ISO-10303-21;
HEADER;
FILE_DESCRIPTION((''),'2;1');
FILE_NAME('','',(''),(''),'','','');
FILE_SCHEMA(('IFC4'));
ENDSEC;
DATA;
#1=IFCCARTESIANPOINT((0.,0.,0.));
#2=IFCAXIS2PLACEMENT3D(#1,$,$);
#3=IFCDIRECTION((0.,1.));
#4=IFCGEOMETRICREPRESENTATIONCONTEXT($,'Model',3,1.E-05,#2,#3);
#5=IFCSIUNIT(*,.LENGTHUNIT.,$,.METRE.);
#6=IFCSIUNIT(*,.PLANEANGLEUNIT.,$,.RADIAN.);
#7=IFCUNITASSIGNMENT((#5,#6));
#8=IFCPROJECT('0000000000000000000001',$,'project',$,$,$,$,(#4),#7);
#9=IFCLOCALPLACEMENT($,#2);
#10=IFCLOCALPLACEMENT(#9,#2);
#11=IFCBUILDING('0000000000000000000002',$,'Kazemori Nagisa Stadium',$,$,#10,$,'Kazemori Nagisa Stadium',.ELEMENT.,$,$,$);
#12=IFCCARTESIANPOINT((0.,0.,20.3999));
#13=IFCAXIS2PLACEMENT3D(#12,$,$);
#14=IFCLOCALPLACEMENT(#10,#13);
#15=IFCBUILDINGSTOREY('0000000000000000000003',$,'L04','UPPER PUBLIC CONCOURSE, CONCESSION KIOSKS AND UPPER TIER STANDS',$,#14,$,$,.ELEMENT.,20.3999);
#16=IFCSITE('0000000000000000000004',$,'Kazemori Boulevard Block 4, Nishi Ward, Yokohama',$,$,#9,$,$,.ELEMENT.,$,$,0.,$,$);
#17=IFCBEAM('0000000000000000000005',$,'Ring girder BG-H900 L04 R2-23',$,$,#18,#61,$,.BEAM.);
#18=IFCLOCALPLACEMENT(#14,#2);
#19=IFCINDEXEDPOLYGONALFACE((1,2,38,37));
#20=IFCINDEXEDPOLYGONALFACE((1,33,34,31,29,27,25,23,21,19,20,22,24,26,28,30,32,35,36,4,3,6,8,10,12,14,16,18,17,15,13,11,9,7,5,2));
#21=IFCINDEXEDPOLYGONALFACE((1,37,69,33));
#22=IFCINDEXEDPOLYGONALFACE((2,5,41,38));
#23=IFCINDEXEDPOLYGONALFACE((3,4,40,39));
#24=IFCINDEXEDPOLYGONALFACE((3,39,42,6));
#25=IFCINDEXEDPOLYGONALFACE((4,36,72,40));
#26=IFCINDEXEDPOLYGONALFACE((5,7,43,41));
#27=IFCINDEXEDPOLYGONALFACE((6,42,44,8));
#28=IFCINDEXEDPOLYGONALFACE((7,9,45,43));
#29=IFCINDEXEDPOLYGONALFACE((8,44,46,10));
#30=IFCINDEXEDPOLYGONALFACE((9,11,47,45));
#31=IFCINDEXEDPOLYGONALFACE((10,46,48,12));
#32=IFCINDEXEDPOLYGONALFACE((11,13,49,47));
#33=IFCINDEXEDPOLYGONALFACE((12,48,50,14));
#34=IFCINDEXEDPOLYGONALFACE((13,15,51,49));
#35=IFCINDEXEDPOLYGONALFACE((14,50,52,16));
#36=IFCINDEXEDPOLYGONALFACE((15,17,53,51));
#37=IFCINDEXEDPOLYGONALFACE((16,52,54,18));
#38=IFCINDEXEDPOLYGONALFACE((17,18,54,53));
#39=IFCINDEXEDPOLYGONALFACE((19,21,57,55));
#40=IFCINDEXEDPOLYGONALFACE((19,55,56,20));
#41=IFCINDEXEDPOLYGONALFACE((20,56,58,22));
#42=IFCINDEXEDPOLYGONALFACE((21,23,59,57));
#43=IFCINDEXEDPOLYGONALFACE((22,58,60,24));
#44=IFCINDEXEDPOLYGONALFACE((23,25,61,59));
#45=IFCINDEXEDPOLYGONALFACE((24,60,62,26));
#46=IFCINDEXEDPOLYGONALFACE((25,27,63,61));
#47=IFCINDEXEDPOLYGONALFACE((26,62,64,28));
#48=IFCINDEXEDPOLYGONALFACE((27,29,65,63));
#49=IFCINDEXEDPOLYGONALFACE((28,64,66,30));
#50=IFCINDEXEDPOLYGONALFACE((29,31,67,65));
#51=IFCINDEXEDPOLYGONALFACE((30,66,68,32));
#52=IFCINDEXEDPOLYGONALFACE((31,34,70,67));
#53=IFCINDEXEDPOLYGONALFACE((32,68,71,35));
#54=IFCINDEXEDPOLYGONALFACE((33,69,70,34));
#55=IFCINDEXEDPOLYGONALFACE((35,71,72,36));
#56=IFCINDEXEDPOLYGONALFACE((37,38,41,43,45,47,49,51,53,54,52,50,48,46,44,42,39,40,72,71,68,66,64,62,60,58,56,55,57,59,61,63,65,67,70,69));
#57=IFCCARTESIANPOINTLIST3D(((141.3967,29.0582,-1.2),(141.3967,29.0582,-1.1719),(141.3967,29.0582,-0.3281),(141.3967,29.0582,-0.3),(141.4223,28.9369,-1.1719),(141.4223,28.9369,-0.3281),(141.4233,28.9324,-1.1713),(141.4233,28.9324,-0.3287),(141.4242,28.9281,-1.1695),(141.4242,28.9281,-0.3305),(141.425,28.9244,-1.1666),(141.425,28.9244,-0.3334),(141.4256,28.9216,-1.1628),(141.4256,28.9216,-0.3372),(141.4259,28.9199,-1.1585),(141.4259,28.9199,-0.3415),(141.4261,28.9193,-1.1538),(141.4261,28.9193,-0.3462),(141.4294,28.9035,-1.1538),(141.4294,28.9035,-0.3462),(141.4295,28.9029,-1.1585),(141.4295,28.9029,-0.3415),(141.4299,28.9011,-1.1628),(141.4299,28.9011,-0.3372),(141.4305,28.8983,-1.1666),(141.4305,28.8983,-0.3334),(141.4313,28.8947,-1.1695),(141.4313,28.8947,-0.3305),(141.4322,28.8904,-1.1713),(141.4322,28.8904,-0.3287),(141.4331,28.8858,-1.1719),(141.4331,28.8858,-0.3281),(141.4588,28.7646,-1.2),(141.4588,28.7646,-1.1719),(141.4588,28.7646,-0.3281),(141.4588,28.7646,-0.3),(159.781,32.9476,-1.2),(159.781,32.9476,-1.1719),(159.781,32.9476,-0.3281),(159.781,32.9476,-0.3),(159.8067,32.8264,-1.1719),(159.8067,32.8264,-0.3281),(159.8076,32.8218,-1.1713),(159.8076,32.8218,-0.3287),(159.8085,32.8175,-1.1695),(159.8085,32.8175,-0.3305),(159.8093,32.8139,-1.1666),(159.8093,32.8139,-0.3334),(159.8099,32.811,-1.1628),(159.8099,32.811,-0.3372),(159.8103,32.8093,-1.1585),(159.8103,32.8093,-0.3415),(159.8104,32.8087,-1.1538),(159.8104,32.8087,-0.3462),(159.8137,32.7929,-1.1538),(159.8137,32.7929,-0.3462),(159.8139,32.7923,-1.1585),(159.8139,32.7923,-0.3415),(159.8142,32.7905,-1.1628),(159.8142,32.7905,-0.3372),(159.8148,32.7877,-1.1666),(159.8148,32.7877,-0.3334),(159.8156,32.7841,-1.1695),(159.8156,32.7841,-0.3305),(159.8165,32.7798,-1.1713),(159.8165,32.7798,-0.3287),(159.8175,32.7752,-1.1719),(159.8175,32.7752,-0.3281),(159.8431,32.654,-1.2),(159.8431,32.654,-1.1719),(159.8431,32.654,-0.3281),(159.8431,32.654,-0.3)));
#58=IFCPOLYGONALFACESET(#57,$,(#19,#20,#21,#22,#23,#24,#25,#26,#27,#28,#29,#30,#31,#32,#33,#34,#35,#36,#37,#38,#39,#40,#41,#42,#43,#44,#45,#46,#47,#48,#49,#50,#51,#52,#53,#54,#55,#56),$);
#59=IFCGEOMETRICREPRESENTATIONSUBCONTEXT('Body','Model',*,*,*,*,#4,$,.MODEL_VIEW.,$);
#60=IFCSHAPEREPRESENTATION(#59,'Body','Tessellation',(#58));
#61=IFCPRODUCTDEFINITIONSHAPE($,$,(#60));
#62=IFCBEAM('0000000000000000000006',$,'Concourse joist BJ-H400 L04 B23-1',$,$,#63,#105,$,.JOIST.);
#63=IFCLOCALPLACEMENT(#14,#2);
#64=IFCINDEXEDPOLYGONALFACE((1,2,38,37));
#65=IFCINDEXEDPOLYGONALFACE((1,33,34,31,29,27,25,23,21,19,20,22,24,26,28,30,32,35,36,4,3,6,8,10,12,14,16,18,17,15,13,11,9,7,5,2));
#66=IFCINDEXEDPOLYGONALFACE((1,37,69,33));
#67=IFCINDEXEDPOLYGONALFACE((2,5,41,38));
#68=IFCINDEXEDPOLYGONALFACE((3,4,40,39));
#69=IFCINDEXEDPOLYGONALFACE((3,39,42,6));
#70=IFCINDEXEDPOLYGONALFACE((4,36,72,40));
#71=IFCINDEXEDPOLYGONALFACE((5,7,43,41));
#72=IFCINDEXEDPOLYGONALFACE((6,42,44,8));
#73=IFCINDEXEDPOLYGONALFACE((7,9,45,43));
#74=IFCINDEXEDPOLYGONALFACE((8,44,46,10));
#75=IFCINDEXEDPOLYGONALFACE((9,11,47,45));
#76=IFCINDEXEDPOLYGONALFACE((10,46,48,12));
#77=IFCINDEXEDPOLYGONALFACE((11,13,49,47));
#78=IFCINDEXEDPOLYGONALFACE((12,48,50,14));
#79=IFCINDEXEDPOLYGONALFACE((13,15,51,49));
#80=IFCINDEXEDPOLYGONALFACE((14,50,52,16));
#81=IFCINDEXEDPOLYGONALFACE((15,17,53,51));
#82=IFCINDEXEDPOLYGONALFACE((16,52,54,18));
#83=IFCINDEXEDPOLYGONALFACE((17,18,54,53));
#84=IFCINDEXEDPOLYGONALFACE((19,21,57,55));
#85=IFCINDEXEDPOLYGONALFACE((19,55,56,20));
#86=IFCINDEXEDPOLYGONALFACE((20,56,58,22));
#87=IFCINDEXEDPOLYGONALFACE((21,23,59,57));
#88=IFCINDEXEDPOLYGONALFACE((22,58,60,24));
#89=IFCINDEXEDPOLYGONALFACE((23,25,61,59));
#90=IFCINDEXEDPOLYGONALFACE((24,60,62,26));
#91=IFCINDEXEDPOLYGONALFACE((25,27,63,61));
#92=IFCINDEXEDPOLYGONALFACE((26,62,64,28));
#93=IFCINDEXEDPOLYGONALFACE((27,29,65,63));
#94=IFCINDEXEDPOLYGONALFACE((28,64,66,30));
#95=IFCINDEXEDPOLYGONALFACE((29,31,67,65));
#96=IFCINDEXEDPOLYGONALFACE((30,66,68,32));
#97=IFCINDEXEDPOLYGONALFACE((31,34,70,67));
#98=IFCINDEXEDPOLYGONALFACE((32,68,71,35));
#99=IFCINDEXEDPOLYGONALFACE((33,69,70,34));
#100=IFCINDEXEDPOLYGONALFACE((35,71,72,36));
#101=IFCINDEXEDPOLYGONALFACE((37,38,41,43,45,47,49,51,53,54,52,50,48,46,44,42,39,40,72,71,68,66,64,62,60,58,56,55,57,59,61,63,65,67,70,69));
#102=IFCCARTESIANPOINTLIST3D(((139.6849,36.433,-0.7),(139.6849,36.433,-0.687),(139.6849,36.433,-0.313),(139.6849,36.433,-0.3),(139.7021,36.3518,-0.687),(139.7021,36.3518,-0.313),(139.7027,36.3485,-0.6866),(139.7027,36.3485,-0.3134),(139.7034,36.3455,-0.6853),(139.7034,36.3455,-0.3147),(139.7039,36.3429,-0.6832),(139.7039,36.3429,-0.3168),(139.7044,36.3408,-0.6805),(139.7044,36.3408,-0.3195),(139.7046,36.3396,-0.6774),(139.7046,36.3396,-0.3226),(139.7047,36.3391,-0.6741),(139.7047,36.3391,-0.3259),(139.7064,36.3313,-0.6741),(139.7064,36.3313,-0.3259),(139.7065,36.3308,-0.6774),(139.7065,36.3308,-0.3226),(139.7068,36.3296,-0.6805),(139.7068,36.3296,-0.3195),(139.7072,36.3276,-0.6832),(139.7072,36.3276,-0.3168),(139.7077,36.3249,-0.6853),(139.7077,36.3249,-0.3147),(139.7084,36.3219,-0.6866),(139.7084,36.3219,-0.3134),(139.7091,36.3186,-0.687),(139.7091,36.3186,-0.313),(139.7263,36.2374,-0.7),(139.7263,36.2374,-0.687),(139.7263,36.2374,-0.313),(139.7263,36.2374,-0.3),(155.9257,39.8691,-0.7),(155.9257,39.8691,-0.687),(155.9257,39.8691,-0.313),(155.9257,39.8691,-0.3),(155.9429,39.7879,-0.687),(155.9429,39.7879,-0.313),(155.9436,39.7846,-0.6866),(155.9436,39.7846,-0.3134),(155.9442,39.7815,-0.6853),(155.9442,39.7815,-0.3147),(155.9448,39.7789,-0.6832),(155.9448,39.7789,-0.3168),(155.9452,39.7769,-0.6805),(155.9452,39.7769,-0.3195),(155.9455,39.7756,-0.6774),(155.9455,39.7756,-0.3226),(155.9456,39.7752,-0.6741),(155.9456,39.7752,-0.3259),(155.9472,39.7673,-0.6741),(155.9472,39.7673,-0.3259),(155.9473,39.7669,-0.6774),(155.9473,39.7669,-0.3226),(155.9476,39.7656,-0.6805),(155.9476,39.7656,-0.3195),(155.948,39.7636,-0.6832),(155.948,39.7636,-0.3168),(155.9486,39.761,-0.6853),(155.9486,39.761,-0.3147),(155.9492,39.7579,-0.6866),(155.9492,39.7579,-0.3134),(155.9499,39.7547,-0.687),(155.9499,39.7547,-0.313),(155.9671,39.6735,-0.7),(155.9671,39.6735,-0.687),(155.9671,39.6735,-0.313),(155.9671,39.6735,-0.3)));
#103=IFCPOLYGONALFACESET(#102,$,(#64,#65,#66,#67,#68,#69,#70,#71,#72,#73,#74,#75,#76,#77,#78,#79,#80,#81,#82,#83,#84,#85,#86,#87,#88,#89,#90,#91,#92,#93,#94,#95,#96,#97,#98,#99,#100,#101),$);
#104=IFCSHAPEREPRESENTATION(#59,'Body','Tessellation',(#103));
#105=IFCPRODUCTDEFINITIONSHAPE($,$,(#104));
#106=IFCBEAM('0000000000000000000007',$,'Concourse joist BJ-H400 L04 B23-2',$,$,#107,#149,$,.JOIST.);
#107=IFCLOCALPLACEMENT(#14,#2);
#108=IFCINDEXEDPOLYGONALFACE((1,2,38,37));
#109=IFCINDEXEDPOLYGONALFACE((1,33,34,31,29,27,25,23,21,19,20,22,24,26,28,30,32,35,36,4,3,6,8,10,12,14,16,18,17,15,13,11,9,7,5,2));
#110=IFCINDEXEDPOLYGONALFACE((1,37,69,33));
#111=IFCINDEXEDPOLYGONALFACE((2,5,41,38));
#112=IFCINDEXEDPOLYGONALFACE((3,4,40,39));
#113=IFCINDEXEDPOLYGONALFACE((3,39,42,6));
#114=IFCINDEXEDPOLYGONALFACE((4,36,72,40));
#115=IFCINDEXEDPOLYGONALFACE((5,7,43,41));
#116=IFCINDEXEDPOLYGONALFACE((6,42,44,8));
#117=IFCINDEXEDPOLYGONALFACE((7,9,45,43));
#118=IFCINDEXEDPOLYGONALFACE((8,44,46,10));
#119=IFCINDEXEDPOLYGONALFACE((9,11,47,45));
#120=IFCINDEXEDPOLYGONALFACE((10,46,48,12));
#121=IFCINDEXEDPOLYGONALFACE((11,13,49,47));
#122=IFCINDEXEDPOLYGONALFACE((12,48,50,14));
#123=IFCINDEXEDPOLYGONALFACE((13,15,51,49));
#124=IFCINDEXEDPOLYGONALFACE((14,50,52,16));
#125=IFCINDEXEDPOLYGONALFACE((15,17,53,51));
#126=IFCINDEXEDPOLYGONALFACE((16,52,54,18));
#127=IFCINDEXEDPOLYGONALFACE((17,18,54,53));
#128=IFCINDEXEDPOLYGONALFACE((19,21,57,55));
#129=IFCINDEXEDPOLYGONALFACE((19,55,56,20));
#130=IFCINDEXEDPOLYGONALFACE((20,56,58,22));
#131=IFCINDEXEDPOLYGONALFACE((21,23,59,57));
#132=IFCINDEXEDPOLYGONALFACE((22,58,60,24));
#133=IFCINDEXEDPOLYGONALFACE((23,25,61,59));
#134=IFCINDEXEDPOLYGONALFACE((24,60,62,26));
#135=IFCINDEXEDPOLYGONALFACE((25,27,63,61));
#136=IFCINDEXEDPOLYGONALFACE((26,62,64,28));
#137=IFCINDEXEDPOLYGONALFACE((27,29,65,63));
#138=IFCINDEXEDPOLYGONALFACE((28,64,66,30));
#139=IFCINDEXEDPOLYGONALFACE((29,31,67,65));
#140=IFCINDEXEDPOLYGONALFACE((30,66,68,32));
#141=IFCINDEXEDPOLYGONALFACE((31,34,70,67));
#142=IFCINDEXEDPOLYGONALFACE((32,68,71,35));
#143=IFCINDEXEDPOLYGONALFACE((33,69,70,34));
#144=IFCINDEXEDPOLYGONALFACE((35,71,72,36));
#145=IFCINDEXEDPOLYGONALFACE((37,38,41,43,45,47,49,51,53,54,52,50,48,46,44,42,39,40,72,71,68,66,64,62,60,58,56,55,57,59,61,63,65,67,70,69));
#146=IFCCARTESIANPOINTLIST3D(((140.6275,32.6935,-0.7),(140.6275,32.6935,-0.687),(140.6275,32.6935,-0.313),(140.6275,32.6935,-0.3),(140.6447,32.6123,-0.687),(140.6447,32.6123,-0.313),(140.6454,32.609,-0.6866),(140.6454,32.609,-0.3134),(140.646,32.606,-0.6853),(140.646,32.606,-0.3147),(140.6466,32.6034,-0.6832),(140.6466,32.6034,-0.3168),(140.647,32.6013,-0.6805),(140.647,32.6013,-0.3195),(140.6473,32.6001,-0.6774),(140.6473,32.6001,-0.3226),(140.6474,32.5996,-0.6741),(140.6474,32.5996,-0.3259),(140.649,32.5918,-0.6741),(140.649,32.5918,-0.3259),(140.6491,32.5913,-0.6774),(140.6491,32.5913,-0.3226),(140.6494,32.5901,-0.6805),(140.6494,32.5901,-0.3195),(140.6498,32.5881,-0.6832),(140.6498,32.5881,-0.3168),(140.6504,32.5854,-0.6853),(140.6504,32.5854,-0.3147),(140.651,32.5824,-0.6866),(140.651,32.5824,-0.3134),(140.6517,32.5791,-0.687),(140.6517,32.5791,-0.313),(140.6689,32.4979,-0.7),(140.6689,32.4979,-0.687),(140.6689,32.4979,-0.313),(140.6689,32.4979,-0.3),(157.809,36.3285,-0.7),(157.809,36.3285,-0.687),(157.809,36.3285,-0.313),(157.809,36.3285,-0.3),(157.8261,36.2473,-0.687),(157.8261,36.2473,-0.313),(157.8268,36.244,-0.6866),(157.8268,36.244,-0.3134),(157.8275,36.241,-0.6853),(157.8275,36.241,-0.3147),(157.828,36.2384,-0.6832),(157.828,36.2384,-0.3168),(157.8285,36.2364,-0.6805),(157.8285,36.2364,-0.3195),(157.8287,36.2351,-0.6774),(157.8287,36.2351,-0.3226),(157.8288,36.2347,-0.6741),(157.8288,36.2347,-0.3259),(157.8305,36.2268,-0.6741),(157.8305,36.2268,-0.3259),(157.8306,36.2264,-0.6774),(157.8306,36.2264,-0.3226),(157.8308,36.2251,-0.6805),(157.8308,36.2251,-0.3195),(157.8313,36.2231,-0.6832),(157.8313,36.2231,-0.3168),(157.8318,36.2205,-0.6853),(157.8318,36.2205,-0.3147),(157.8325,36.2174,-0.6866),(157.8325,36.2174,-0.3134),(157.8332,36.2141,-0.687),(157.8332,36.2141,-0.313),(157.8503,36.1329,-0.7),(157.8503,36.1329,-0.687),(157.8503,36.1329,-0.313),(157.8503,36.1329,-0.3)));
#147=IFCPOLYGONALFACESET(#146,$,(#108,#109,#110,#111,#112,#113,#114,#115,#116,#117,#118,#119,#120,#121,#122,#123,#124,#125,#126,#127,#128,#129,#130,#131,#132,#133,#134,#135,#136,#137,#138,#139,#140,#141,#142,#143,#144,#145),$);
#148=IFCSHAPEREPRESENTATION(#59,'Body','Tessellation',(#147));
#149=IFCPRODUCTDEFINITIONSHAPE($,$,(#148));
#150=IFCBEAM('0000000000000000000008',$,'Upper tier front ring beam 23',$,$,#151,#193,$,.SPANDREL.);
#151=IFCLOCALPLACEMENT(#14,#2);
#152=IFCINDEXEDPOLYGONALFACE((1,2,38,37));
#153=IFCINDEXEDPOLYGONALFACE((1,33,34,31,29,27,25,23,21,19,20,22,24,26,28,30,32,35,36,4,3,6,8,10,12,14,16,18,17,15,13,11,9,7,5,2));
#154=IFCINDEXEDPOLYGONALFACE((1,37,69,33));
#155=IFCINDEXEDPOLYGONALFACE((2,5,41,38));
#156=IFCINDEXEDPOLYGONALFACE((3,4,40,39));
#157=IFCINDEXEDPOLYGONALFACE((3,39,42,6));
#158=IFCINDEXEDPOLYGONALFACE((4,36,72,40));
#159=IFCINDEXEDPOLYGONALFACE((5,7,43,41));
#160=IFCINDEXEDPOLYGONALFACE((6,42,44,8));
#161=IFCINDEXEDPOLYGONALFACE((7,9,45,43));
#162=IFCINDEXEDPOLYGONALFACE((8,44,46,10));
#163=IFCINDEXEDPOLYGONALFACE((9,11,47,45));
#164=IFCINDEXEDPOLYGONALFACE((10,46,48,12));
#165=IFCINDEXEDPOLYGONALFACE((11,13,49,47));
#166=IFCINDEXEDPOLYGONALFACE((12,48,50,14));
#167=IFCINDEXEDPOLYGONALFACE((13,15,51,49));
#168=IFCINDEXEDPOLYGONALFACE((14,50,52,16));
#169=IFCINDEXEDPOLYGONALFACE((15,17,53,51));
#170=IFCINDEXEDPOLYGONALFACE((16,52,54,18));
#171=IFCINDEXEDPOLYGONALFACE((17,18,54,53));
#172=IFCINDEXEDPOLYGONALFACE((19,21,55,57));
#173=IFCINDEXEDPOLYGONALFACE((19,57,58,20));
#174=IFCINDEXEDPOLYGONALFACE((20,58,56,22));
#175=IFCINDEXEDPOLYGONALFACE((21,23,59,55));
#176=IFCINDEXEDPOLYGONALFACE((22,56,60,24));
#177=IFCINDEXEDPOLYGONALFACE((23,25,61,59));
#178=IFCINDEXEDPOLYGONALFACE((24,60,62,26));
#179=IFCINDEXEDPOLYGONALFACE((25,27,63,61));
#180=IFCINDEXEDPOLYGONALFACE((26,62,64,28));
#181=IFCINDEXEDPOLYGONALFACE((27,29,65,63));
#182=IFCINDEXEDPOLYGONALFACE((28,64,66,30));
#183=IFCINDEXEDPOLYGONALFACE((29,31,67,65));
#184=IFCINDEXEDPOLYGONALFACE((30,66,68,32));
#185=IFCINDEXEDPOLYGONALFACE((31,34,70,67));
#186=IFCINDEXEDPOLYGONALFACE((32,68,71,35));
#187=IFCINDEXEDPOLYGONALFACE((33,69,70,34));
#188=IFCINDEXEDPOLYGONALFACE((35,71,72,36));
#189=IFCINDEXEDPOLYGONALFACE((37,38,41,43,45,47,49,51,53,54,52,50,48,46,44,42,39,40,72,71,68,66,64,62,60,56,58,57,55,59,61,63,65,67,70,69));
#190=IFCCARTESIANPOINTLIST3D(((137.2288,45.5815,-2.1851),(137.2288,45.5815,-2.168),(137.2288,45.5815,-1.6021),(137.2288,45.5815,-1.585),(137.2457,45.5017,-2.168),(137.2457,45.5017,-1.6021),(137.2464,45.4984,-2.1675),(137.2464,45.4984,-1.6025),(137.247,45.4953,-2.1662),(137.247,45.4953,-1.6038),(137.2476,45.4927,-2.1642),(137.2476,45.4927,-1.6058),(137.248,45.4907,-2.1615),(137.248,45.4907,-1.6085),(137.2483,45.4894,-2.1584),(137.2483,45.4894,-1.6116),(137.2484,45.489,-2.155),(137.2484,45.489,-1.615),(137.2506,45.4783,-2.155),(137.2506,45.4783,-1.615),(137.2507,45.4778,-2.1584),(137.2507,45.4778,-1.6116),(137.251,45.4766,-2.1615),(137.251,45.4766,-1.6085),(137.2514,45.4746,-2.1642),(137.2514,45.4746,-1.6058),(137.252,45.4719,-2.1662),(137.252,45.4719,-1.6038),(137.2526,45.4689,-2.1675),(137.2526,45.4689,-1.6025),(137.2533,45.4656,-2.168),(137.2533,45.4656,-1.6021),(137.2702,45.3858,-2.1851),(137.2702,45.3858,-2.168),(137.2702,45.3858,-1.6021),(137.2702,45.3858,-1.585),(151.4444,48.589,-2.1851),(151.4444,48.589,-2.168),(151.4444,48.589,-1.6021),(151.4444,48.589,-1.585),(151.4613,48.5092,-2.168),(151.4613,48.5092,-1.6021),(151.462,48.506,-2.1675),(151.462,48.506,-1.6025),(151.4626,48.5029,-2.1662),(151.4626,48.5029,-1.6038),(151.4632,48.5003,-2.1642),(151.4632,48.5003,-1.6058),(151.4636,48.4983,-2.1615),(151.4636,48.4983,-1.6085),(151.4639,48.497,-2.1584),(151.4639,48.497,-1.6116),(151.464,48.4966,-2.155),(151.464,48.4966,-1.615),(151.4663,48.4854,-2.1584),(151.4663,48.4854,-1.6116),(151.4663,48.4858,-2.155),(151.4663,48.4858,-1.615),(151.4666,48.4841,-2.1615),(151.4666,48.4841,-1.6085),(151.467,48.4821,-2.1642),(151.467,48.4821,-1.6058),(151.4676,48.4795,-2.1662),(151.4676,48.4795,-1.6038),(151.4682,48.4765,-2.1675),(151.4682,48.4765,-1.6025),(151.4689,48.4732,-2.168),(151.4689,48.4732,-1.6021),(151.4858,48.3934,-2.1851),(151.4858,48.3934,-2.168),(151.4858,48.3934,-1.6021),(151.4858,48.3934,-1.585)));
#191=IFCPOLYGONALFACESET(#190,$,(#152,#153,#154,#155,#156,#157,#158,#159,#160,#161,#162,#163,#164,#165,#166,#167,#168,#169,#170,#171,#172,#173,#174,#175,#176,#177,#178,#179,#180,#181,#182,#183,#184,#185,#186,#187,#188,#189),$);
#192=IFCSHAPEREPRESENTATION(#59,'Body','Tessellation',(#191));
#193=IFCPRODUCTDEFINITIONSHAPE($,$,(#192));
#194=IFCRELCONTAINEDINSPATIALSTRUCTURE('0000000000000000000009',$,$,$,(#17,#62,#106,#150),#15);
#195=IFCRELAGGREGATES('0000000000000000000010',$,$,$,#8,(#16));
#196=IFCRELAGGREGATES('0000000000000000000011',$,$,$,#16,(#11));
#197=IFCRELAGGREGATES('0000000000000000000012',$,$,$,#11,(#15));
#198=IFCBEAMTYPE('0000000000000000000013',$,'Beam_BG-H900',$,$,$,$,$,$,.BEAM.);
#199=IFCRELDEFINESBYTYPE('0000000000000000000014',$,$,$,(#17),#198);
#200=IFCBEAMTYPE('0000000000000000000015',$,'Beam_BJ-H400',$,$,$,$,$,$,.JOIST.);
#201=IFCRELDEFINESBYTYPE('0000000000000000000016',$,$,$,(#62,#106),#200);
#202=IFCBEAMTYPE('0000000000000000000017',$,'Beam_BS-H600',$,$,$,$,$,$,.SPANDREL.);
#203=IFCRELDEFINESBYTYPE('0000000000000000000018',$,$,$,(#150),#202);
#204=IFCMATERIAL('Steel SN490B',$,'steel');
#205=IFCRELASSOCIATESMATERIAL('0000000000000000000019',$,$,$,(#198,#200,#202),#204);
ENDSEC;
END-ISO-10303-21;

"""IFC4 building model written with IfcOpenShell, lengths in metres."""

from ifc_helpers import new_model, si_unit, direction, frame, origin, origin_2d, place, context, subcontext, project, spatial, i_section, extrude, material, material_profile, profile_set, type_object, element, save


model = new_model("IFC4")

# Units and contexts
model_context = context("Model", 3, precision=1e-05, world=origin(), true_north=direction((0.0, 1.0)))
body_context = subcontext(model_context, "Body", "Model", "MODEL_VIEW")
ifc_project = project(units=[si_unit("LENGTHUNIT", "METRE"), si_unit("PLANEANGLEUNIT", "RADIAN")], contexts=[model_context])

# Site, building, storey
site_placement = place(None, origin())
site = spatial("IfcSite", under=ifc_project, at=site_placement, Name="Kazemori Boulevard Block 4, Nishi Ward, Yokohama", CompositionType="ELEMENT", RefElevation=0.0)
building_placement = place(site_placement, origin())
building = spatial("IfcBuilding", under=site, at=building_placement, Name="Kazemori Nagisa Stadium", LongName="Kazemori Nagisa Stadium", CompositionType="ELEMENT")
storey_placement = place(building_placement, frame((0.0, 0.0, 20.3999)))
storey = spatial("IfcBuildingStorey", under=building, at=storey_placement, Name="L04", Description="UPPER PUBLIC CONCOURSE, CONCESSION KIOSKS AND UPPER TIER STANDS", CompositionType="ELEMENT", Elevation=20.3999)

# Beams
ifc_material_1 = material(Name="Steel SN490B", Category="steel")
ifc_material_profile_1 = material_profile(ifc_material_1, i_section(OverallWidth=0.3, OverallDepth=0.8999, WebThickness=0.0161, FlangeThickness=0.0281, FilletRadius=0.0181, at=origin_2d()), Name="H-900x300x16x28")
ifc_profile_set_1 = profile_set([ifc_material_profile_1], Name="Steel SN490B")
beam_type_1 = type_object("IfcBeamType", Name="Beam_BG-H900", PredefinedType="BEAM", material=ifc_profile_set_1)
beam_1_placement = place(storey_placement, frame((141.4277, 28.9114, -0.75), z_axis=(0.978345, 0.20698, 0.0), x_axis=(-0.20698, 0.978345, 0.0)))
element("IfcBeam", 1, at=beam_1_placement, inside=storey, type_object=beam_type_1, Name="Ring girder BG-H900 L04 R2-23", PredefinedType="BEAM", context=body_context, shape_type="SweptSolid", body=[
    extrude(i_section(OverallWidth=0.3, OverallDepth=0.8999, WebThickness=0.0161, FlangeThickness=0.0281, FilletRadius=0.0181, at=origin_2d()), origin(), (0.0, 0.0, 1.0), 18.7913),
])
ifc_material_profile_2 = material_profile(ifc_material_1, i_section(OverallWidth=0.2, OverallDepth=0.3999, WebThickness=0.0081, FlangeThickness=0.0129, FilletRadius=0.0129, at=origin_2d()), Name="H-400x200x8x13")
ifc_profile_set_2 = profile_set([ifc_material_profile_2], Name="Steel SN490B")
beam_type_2 = type_object("IfcBeamType", Name="Beam_BJ-H400", PredefinedType="JOIST", material=ifc_profile_set_2)
beam_2_placement = place(storey_placement, frame((139.7056, 36.3352, -0.5), z_axis=(0.978344, 0.206987, 0.0), x_axis=(-0.206987, 0.978344, 0.0)))
element("IfcBeam", 2, at=beam_2_placement, inside=storey, type_object=beam_type_2, Name="Concourse joist BJ-H400 L04 B23-1", PredefinedType="JOIST", context=body_context, shape_type="SweptSolid", body=[
    extrude(i_section(OverallWidth=0.2, OverallDepth=0.3999, WebThickness=0.0081, FlangeThickness=0.0129, FilletRadius=0.0129, at=origin_2d()), origin(), (0.0, 0.0, 1.0), 16.6003),
])
beam_3_placement = place(storey_placement, frame((140.6482, 32.5957, -0.5), z_axis=(0.978344, 0.206985, 0.0), x_axis=(-0.206985, 0.978344, 0.0)))
element("IfcBeam", 3, at=beam_3_placement, inside=storey, type_object=beam_type_2, Name="Concourse joist BJ-H400 L04 B23-2", PredefinedType="JOIST", context=body_context, shape_type="SweptSolid", body=[
    extrude(i_section(OverallWidth=0.2, OverallDepth=0.3999, WebThickness=0.0081, FlangeThickness=0.0129, FilletRadius=0.0129, at=origin_2d()), origin(), (0.0, 0.0, 1.0), 17.5618),
])
ifc_material_profile_3 = material_profile(ifc_material_1, i_section(OverallWidth=0.2, OverallDepth=0.6001, WebThickness=0.011, FlangeThickness=0.0171, FilletRadius=0.0129, at=origin_2d()), Name="H-600x200x11x17")
ifc_profile_set_3 = profile_set([ifc_material_profile_3], Name="Steel SN490B")
beam_type_3 = type_object("IfcBeamType", Name="Beam_BS-H600", PredefinedType="SPANDREL", material=ifc_profile_set_3)
beam_4_placement = place(storey_placement, frame((137.2495, 45.4836, -1.885), z_axis=(0.978344, 0.206987, 0.0), x_axis=(-0.206987, 0.978344, 0.0)))
element("IfcBeam", 4, at=beam_4_placement, inside=storey, type_object=beam_type_3, Name="Upper tier front ring beam 23", PredefinedType="SPANDREL", context=body_context, shape_type="SweptSolid", body=[
    extrude(i_section(OverallWidth=0.2, OverallDepth=0.6001, WebThickness=0.011, FlangeThickness=0.0171, FilletRadius=0.0129, at=origin_2d()), origin(), (0.0, 0.0, 1.0), 14.5303),
])

save(model, "model.ifc")
